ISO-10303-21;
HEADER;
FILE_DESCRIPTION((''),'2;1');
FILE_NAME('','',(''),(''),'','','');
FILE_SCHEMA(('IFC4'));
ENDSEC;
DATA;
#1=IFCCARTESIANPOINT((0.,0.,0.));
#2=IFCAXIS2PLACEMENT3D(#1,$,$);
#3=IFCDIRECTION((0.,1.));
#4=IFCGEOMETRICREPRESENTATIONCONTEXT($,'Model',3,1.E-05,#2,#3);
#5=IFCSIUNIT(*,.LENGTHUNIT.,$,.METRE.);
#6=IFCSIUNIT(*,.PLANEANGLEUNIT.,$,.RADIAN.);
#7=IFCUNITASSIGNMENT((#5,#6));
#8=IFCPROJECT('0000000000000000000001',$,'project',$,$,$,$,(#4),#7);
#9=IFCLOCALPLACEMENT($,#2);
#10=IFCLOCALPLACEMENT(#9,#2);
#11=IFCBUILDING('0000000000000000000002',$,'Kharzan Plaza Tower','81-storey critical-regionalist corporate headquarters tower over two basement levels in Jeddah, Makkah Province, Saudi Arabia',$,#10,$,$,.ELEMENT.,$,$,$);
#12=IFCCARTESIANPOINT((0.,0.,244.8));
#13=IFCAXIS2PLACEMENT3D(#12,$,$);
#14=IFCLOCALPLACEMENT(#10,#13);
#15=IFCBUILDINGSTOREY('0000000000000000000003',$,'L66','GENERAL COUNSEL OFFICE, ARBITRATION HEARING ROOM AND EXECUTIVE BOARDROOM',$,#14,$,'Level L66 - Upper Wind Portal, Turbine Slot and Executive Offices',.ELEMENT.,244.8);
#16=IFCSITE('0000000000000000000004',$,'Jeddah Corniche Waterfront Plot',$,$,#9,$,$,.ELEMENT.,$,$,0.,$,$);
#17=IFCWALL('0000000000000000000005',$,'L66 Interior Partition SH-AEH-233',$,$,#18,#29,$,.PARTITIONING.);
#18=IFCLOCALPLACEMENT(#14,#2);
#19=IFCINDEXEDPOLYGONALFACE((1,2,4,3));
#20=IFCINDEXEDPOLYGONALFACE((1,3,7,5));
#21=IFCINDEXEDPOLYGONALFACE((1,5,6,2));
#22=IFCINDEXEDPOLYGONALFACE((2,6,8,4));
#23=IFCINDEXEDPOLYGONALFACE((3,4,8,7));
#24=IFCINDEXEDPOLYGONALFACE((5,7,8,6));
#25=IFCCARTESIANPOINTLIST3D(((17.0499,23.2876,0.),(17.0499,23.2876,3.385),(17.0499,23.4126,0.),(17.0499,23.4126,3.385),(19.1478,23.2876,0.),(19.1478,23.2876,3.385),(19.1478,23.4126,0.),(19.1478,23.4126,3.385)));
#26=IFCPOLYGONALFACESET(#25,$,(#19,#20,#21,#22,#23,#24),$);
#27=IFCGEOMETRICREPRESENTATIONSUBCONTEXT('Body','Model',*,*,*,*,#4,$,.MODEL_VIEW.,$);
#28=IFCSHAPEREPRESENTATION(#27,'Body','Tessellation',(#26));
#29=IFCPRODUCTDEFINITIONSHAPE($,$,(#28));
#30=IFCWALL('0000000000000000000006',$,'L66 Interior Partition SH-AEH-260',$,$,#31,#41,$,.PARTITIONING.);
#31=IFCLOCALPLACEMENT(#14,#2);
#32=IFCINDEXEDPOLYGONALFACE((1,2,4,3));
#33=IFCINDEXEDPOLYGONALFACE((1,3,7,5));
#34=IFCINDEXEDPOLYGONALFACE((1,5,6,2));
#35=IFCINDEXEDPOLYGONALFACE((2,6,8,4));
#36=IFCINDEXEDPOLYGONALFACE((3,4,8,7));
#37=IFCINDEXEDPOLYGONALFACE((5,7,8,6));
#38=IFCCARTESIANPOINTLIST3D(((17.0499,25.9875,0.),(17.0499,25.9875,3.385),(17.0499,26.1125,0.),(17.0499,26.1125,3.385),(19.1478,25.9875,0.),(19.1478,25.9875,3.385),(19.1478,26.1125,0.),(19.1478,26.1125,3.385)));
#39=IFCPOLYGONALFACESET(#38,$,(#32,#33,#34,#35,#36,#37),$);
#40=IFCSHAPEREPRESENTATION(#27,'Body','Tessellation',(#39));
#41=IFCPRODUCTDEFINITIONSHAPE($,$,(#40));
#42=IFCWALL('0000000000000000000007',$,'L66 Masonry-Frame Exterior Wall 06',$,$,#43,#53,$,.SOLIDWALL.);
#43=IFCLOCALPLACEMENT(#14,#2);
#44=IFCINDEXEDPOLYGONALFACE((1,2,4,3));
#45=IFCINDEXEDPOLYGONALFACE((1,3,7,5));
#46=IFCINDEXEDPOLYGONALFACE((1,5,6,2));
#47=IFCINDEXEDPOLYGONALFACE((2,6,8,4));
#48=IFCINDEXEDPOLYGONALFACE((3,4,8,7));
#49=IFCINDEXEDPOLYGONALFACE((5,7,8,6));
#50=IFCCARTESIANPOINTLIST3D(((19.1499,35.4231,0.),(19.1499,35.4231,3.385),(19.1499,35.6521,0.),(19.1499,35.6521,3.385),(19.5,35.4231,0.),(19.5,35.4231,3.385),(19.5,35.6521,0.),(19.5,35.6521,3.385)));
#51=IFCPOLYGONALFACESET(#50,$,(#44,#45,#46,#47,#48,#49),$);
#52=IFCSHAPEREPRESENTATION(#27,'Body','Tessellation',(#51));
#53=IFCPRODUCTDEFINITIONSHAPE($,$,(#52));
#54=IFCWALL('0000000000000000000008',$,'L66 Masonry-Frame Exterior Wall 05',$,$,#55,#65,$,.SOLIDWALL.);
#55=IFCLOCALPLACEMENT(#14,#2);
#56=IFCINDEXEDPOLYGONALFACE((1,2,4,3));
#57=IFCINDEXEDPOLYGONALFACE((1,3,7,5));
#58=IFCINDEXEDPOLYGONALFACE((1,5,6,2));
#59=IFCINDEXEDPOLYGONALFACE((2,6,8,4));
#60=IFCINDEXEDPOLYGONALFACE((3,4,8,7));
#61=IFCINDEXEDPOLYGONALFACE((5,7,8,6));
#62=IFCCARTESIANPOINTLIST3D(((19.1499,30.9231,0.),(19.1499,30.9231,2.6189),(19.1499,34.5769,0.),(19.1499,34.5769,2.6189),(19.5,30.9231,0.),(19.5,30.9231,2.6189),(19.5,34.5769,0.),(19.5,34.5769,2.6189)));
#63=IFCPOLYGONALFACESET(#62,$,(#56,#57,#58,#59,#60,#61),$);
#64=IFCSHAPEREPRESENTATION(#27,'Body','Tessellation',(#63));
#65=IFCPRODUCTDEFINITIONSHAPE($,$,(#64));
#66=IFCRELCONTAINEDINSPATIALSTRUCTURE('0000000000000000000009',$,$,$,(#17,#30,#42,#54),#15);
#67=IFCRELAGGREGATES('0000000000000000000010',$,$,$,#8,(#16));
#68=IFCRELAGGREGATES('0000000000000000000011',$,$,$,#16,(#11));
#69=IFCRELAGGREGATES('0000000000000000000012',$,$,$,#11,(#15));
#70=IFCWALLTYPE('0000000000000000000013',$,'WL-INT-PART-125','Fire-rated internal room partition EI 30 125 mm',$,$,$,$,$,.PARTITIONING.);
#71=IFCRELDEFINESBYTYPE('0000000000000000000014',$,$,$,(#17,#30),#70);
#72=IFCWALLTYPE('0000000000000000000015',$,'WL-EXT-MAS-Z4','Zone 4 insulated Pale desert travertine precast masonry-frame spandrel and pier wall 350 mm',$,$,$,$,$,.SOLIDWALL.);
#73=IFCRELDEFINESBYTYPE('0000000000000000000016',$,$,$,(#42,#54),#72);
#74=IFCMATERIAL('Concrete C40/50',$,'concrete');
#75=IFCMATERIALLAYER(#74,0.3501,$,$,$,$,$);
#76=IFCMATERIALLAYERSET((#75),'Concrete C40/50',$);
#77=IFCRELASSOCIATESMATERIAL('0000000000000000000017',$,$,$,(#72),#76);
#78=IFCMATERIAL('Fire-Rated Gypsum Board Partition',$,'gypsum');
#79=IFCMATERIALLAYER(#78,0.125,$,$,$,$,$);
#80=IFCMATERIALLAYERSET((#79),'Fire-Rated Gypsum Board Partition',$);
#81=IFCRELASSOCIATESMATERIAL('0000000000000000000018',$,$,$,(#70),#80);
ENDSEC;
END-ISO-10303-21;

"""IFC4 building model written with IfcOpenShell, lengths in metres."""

from ifc_helpers import new_model, si_unit, direction, frame, frame_2d, origin, place, context, subcontext, project, spatial, rectangle, extrude, source, transform, mapped, material, layer, layer_set, type_object, element, save


model = new_model("IFC4")

# Units and contexts
model_context = context("Model", 3, precision=1e-05, world=origin(), true_north=direction((0.0, 1.0)))
body_context = subcontext(model_context, "Body", "Model", "MODEL_VIEW")
ifc_project = project(units=[si_unit("LENGTHUNIT", "METRE"), si_unit("PLANEANGLEUNIT", "RADIAN")], contexts=[model_context])

# Site, building, storey
site_placement = place(None, origin())
site = spatial("IfcSite", under=ifc_project, at=site_placement, Name="Jeddah Corniche Waterfront Plot", CompositionType="ELEMENT", RefElevation=0.0)
building_placement = place(site_placement, origin())
building = spatial("IfcBuilding", under=site, at=building_placement, Name="Kharzan Plaza Tower", Description="81-storey critical-regionalist corporate headquarters tower over two basement levels in Jeddah, Makkah Province, Saudi Arabia", CompositionType="ELEMENT")
storey_placement = place(building_placement, frame((0.0, 0.0, 244.8)))
storey = spatial("IfcBuildingStorey", under=building, at=storey_placement, Name="L66", Description="GENERAL COUNSEL OFFICE, ARBITRATION HEARING ROOM AND EXECUTIVE BOARDROOM", LongName="Level L66 - Upper Wind Portal, Turbine Slot and Executive Offices", CompositionType="ELEMENT", Elevation=244.8)

# Shared definitions
ifc_material_1 = material(Name="Concrete C40/50", Category="concrete")
ifc_layer_1 = layer(ifc_material_1, 0.3501)
ifc_layer_set_1 = layer_set([ifc_layer_1], Name="Concrete C40/50")
wall_type_1 = type_object("IfcWallType", Name="WL-EXT-MAS-Z4", Description="Zone 4 insulated Pale desert travertine precast masonry-frame spandrel and pier wall 350 mm", PredefinedType="SOLIDWALL", material=ifc_layer_set_1)

# Shared definitions
ifc_material_2 = material(Name="Fire-Rated Gypsum Board Partition", Category="gypsum")
ifc_layer_2 = layer(ifc_material_2, 0.125)
ifc_layer_set_2 = layer_set([ifc_layer_2], Name="Fire-Rated Gypsum Board Partition")
wall_type_2 = type_object("IfcWallType", Name="WL-INT-PART-125", Description="Fire-rated internal room partition EI 30 125 mm", PredefinedType="PARTITIONING", material=ifc_layer_set_2)

# Walls
shared_shape_1 = source(origin(), body_context, "Body", "SweptSolid", [
    extrude(rectangle(XDim=2.0979, YDim=0.125, at=frame_2d((1.0488, 0.0))), origin(), (0.0, 0.0, 1.0), 3.385),
])
for number, where, z_axis, x_axis, name in (
    (1, (17.05, 23.3501, 0.0), (0.0, 0.0, 1.0), (1.0, 0.0, 0.0), "L66 Interior Partition SH-AEH-233"),
    (2, (17.05, 26.05, 0.0), (0.0, 0.0, 1.0), (1.0, 0.0, 0.0), "L66 Interior Partition SH-AEH-260"),
):
    element("IfcWall", number, at=place(storey_placement, frame(where, z_axis=z_axis, x_axis=x_axis)), inside=storey, type_object=wall_type_2, Name=name, PredefinedType="PARTITIONING", context=body_context, shape_type="MappedRepresentation", body=[
        mapped(shared_shape_1, transform((0.0, 0.0, 0.0), x_axis=(1.0, 0.0, 0.0), y_axis=(0.0, 1.0, 0.0), z_axis=(0.0, 0.0, 1.0))),
    ])
shared_shape_2 = source(origin(), body_context, "Body", "SweptSolid", [
    extrude(rectangle(XDim=0.229, YDim=0.3501, at=frame_2d((0.1145, 0.0))), origin(), (0.0, 0.0, 1.0), 3.385),
])
wall_1_placement = place(storey_placement, frame((19.325, 35.4231, 0.0), z_axis=(0.0, 0.0, 1.0), x_axis=(0.0, 1.0, 0.0)))
element("IfcWall", 3, at=wall_1_placement, inside=storey, type_object=wall_type_1, Name="L66 Masonry-Frame Exterior Wall 06", PredefinedType="SOLIDWALL", context=body_context, shape_type="MappedRepresentation", body=[
    mapped(shared_shape_2, transform((0.0, 0.0, 0.0), x_axis=(1.0, 0.0, 0.0), y_axis=(0.0, 1.0, 0.0), z_axis=(0.0, 0.0, 1.0))),
])
shared_shape_3 = source(origin(), body_context, "Body", "SweptSolid", [
    extrude(rectangle(XDim=3.6538, YDim=0.3501, at=frame_2d((1.8269, 0.0))), origin(), (0.0, 0.0, 1.0), 2.6189),
])
wall_2_placement = place(storey_placement, frame((19.325, 30.9231, 0.0), z_axis=(0.0, 0.0, 1.0), x_axis=(0.0, 1.0, 0.0)))
element("IfcWall", 4, at=wall_2_placement, inside=storey, type_object=wall_type_1, Name="L66 Masonry-Frame Exterior Wall 05", PredefinedType="SOLIDWALL", context=body_context, shape_type="MappedRepresentation", body=[
    mapped(shared_shape_3, transform((0.0, 0.0, 0.0), x_axis=(1.0, 0.0, 0.0), y_axis=(0.0, 1.0, 0.0), z_axis=(0.0, 0.0, 1.0))),
])

save(model, "model.ifc")
